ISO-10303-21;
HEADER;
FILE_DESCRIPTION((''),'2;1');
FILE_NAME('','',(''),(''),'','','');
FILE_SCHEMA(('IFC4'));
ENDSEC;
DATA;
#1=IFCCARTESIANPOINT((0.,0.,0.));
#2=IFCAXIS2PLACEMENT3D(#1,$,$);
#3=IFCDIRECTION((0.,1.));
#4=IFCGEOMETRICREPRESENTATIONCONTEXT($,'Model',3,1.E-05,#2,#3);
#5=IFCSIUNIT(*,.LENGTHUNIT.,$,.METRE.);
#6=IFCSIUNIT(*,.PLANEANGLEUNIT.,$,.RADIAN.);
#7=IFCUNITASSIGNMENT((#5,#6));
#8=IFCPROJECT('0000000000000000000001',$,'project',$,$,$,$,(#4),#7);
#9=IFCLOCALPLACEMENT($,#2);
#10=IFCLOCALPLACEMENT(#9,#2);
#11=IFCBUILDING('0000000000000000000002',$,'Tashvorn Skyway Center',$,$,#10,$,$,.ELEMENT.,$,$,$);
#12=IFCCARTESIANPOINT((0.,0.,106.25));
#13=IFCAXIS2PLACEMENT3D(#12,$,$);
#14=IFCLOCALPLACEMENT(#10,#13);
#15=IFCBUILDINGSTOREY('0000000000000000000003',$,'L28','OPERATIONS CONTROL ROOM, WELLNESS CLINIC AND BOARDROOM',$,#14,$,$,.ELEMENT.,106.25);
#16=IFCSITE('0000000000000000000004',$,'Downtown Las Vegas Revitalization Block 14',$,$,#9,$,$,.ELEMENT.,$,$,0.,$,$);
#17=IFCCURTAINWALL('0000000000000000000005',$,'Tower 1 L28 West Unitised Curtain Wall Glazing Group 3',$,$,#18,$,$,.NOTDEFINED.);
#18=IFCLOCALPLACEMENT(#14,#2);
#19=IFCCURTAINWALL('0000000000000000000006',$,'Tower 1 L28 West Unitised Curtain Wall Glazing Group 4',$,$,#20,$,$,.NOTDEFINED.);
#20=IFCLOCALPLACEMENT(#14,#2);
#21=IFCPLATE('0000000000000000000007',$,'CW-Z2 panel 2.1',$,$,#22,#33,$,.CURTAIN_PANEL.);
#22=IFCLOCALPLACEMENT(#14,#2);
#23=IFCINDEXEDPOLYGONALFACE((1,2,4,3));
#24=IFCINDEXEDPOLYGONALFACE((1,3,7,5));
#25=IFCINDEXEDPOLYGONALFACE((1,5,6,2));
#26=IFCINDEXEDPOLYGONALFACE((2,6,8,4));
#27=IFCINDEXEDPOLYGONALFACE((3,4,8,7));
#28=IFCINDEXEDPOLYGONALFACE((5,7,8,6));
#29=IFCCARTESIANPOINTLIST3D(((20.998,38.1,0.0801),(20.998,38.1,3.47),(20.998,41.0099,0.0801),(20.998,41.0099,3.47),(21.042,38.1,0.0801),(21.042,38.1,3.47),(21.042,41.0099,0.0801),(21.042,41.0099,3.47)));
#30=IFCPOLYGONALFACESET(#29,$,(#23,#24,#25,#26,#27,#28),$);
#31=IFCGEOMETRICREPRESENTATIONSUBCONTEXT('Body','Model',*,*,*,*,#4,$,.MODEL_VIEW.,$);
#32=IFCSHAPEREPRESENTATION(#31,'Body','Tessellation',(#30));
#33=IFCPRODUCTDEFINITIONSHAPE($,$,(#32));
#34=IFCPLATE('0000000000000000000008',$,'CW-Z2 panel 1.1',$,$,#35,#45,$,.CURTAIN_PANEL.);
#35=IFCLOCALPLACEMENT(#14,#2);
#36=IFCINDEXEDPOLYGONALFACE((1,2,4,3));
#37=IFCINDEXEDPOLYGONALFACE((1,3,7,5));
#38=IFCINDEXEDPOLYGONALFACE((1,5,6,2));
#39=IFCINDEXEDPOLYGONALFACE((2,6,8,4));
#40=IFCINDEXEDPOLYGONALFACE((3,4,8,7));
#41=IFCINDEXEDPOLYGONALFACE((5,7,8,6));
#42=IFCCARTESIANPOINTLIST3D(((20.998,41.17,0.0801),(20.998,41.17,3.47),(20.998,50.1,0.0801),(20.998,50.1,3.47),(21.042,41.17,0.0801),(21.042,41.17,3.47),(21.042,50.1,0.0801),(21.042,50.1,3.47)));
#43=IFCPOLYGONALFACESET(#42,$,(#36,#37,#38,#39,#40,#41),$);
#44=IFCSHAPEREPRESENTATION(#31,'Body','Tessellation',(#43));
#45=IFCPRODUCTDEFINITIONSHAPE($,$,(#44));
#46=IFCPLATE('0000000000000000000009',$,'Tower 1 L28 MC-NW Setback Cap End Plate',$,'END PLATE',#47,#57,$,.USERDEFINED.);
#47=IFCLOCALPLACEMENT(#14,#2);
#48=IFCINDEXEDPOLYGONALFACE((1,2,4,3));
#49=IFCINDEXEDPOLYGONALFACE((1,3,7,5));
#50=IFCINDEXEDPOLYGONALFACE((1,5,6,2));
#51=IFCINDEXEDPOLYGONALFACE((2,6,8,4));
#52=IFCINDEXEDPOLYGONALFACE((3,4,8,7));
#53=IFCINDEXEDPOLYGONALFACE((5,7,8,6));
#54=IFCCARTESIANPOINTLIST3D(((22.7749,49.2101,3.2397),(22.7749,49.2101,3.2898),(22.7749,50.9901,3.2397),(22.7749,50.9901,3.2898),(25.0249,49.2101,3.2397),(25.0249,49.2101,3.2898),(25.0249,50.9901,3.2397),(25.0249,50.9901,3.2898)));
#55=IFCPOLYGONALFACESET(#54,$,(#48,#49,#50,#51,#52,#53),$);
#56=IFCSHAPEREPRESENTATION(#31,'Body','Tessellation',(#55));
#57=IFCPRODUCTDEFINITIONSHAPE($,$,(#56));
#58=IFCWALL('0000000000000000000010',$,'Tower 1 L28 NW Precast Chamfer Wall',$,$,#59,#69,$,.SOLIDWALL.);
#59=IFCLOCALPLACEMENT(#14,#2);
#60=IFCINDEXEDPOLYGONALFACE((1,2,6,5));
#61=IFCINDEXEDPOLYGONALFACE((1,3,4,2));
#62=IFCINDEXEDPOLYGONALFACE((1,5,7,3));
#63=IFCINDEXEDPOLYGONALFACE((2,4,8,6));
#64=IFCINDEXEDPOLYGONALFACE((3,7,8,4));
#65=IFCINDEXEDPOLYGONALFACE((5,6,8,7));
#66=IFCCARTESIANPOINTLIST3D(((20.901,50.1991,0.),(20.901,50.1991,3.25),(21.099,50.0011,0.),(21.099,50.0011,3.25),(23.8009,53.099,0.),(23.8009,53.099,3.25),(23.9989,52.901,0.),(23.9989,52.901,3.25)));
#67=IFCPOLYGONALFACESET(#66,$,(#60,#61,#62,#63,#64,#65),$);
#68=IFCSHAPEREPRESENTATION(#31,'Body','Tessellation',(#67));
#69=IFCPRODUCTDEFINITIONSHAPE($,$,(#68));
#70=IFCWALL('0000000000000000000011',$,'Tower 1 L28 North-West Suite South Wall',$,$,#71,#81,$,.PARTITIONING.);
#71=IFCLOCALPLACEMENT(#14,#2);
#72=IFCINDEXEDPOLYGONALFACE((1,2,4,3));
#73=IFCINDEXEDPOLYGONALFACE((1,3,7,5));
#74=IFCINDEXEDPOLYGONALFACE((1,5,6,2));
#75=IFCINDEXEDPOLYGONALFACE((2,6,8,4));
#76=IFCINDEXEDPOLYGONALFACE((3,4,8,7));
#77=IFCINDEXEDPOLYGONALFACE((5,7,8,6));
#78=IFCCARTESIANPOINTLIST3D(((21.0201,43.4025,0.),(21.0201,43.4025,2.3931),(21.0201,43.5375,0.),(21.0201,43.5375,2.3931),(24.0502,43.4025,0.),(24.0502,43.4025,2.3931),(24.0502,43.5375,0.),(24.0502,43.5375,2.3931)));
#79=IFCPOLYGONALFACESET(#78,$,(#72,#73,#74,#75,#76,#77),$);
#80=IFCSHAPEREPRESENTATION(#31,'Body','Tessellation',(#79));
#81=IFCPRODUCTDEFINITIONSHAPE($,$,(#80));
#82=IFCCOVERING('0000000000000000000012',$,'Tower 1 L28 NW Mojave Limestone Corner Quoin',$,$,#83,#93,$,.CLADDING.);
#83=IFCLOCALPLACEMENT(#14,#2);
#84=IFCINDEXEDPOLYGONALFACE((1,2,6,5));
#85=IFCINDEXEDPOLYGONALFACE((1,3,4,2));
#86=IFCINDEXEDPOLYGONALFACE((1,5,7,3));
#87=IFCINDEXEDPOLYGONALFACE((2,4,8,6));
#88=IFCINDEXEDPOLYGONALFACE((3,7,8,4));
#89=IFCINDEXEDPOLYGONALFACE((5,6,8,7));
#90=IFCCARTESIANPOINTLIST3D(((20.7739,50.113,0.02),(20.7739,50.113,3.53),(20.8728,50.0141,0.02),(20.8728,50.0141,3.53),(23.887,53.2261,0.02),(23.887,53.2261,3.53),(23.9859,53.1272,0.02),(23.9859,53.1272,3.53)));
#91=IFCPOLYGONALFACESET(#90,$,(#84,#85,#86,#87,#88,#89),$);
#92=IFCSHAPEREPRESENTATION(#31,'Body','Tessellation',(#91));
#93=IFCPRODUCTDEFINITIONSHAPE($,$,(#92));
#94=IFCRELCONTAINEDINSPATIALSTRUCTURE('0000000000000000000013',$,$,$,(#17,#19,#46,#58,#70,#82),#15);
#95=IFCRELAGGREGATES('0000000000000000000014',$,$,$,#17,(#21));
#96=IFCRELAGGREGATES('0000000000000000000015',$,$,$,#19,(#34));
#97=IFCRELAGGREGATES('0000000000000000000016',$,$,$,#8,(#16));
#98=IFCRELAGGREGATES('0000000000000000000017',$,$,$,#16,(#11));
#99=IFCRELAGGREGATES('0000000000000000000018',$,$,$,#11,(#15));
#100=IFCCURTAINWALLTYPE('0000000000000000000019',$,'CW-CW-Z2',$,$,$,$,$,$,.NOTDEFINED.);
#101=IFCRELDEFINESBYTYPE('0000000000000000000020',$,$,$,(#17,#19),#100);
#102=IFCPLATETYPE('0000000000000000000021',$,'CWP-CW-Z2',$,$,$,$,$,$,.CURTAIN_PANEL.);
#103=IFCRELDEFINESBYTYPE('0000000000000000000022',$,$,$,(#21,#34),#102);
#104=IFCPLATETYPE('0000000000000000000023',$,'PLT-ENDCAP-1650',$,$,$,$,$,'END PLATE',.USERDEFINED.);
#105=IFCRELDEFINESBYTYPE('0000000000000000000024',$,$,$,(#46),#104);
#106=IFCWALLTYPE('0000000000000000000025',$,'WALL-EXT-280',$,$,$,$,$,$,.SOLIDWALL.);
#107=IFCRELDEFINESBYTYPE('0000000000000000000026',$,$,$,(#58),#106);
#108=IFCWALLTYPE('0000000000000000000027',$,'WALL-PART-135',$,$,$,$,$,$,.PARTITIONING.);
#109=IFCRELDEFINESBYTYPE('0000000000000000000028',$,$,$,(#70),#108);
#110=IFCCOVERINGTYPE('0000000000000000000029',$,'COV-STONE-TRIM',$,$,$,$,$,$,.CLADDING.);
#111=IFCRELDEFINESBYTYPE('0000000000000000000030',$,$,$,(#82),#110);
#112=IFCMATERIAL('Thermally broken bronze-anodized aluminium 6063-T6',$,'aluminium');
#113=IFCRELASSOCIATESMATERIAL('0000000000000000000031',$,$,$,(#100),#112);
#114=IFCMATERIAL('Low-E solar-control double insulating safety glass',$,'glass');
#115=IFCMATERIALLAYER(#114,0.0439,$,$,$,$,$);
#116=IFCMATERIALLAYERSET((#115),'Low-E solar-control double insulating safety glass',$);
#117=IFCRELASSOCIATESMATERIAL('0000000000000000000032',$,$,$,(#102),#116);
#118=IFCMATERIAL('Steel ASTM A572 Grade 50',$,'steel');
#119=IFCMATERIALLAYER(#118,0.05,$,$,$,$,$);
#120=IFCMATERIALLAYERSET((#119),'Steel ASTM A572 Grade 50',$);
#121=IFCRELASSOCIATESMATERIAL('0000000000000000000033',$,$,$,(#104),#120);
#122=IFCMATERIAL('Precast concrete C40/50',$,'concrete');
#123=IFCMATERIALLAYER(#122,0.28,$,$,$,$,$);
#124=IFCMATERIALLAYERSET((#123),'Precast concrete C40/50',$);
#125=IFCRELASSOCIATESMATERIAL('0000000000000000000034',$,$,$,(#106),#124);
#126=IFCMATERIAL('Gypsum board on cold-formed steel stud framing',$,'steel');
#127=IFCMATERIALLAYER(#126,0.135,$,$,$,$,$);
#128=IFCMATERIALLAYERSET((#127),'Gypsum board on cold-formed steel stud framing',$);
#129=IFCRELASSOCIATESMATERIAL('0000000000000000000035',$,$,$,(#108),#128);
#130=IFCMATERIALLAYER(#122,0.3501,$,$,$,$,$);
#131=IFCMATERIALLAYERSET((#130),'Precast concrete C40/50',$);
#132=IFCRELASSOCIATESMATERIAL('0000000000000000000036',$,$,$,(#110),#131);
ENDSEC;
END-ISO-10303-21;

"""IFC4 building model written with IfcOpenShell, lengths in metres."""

from ifc_helpers import new_model, si_unit, direction, frame, frame_2d, origin, origin_2d, place, context, subcontext, project, spatial, rectangle, extrude, material, layer, layer_set, type_object, element, aggregate, save


model = new_model("IFC4")

# Units and contexts
model_context = context("Model", 3, precision=1e-05, world=origin(), true_north=direction((0.0, 1.0)))
body_context = subcontext(model_context, "Body", "Model", "MODEL_VIEW")
ifc_project = project(units=[si_unit("LENGTHUNIT", "METRE"), si_unit("PLANEANGLEUNIT", "RADIAN")], contexts=[model_context])

# Site, building, storey
site_placement = place(None, origin())
site = spatial("IfcSite", under=ifc_project, at=site_placement, Name="Downtown Las Vegas Revitalization Block 14", CompositionType="ELEMENT", RefElevation=0.0)
building_placement = place(site_placement, origin())
building = spatial("IfcBuilding", under=site, at=building_placement, Name="Tashvorn Skyway Center", CompositionType="ELEMENT")
storey_placement = place(building_placement, frame((0.0, 0.0, 106.25)))
storey = spatial("IfcBuildingStorey", under=building, at=storey_placement, Name="L28", Description="OPERATIONS CONTROL ROOM, WELLNESS CLINIC AND BOARDROOM", CompositionType="ELEMENT", Elevation=106.25)

# Shared definitions
ifc_material_1 = material(Name="Steel ASTM A572 Grade 50", Category="steel")

# Curtain wall
ifc_material_2 = material(Name="Thermally broken bronze-anodized aluminium 6063-T6", Category="aluminium")
curtain_wall_type = type_object("IfcCurtainWallType", Name="CW-CW-Z2", PredefinedType="NOTDEFINED", material=ifc_material_2)
curtain_wall_1_placement = place(storey_placement, origin())
curtain_wall_1 = element("IfcCurtainWall", 1, at=curtain_wall_1_placement, inside=storey, type_object=curtain_wall_type, Name="Tower 1 L28 West Unitised Curtain Wall Glazing Group 3", PredefinedType="NOTDEFINED")

# Curtain wall
curtain_wall_2_placement = place(storey_placement, origin())
curtain_wall_2 = element("IfcCurtainWall", 2, at=curtain_wall_2_placement, inside=storey, type_object=curtain_wall_type, Name="Tower 1 L28 West Unitised Curtain Wall Glazing Group 4", PredefinedType="NOTDEFINED")

# Plates
ifc_material_3 = material(Name="Low-E solar-control double insulating safety glass", Category="glass")
ifc_layer_1 = layer(ifc_material_3, 0.0439)
ifc_layer_set_1 = layer_set([ifc_layer_1], Name="Low-E solar-control double insulating safety glass")
plate_type_1 = type_object("IfcPlateType", Name="CWP-CW-Z2", PredefinedType="CURTAIN_PANEL", material=ifc_layer_set_1)
plate_1_placement = place(storey_placement, frame((21.02, 39.5549, 0.0801), z_axis=(0.0, 0.0, 1.0), x_axis=(0.0, 1.0, 0.0)))
plate_1 = element("IfcPlate", 3, at=plate_1_placement, type_object=plate_type_1, Name="CW-Z2 panel 2.1", PredefinedType="CURTAIN_PANEL", context=body_context, shape_type="SweptSolid", body=[
    extrude(rectangle(XDim=2.9099, YDim=0.0439, at=origin_2d()), origin(), (0.0, 0.0, 1.0), 3.3899),
])
aggregate(curtain_wall_1, [plate_1])
plate_2_placement = place(storey_placement, frame((21.02, 45.635, 0.0801), z_axis=(0.0, 0.0, 1.0), x_axis=(0.0, 1.0, 0.0)))
plate_2 = element("IfcPlate", 4, at=plate_2_placement, type_object=plate_type_1, Name="CW-Z2 panel 1.1", PredefinedType="CURTAIN_PANEL", context=body_context, shape_type="SweptSolid", body=[
    extrude(rectangle(XDim=8.9299, YDim=0.0439, at=origin_2d()), origin(), (0.0, 0.0, 1.0), 3.3899),
])
aggregate(curtain_wall_2, [plate_2])
ifc_layer_2 = layer(ifc_material_1, 0.05)
ifc_layer_set_2 = layer_set([ifc_layer_2], Name="Steel ASTM A572 Grade 50")
plate_type_2 = type_object("IfcPlateType", Name="PLT-ENDCAP-1650", ElementType="END PLATE", PredefinedType="USERDEFINED", material=ifc_layer_set_2)
plate_3_placement = place(storey_placement, frame((23.8999, 50.1001, 3.2397), z_axis=(0.0, 0.0, 1.0), x_axis=(1.0, 0.0, 0.0)))
element("IfcPlate", 5, at=plate_3_placement, inside=storey, type_object=plate_type_2, Name="Tower 1 L28 MC-NW Setback Cap End Plate", ObjectType="END PLATE", PredefinedType="USERDEFINED", context=body_context, shape_type="SweptSolid", body=[
    extrude(rectangle(XDim=2.25, YDim=1.78, at=origin_2d()), origin(), (0.0, 0.0, 1.0), 0.05),
])

# Walls
ifc_material_4 = material(Name="Precast concrete C40/50", Category="concrete")
ifc_layer_3 = layer(ifc_material_4, 0.28)
ifc_layer_set_3 = layer_set([ifc_layer_3], Name="Precast concrete C40/50")
wall_type_1 = type_object("IfcWallType", Name="WALL-EXT-280", PredefinedType="SOLIDWALL", material=ifc_layer_set_3)
wall_1_placement = place(storey_placement, frame((21.0, 50.1001, 0.0), z_axis=(0.0, 0.0, 1.0), x_axis=(0.707107, 0.707107, 0.0)))
element("IfcWall", 6, at=wall_1_placement, inside=storey, type_object=wall_type_1, Name="Tower 1 L28 NW Precast Chamfer Wall", PredefinedType="SOLIDWALL", context=body_context, shape_type="SweptSolid", body=[
    extrude(rectangle(XDim=4.1011, YDim=0.28, at=frame_2d((2.0505, 0.0))), origin(), (0.0, 0.0, 1.0), 3.25),
])
ifc_material_5 = material(Name="Gypsum board on cold-formed steel stud framing", Category="steel")
ifc_layer_4 = layer(ifc_material_5, 0.135)
ifc_layer_set_4 = layer_set([ifc_layer_4], Name="Gypsum board on cold-formed steel stud framing")
wall_type_2 = type_object("IfcWallType", Name="WALL-PART-135", PredefinedType="PARTITIONING", material=ifc_layer_set_4)
wall_2_placement = place(storey_placement, frame((21.02, 43.47, 0.0), z_axis=(0.0, 0.0, 1.0), x_axis=(1.0, 0.0, 0.0)))
element("IfcWall", 7, at=wall_2_placement, inside=storey, type_object=wall_type_2, Name="Tower 1 L28 North-West Suite South Wall", PredefinedType="PARTITIONING", context=body_context, shape_type="SweptSolid", body=[
    extrude(rectangle(XDim=3.03, YDim=0.135, at=frame_2d((1.5151, 0.0))), origin(), (0.0, 0.0, 1.0), 2.3931),
])

# Covering
ifc_layer_5 = layer(ifc_material_4, 0.3501)
ifc_layer_set_5 = layer_set([ifc_layer_5], Name="Precast concrete C40/50")
covering_type = type_object("IfcCoveringType", Name="COV-STONE-TRIM", PredefinedType="CLADDING", material=ifc_layer_set_5)
covering_placement = place(storey_placement, frame((22.3799, 51.6201, 0.02), z_axis=(0.0, 0.0, 1.0), x_axis=(-0.707107, -0.707107, 0.0)))
element("IfcCovering", 8, at=covering_placement, inside=storey, type_object=covering_type, Name="Tower 1 L28 NW Mojave Limestone Corner Quoin", PredefinedType="CLADDING", context=body_context, shape_type="SweptSolid", body=[
    extrude(rectangle(XDim=4.4026, YDim=0.1399, at=origin_2d()), origin(), (0.0, 0.0, 1.0), 3.51),
])

save(model, "model.ifc")
